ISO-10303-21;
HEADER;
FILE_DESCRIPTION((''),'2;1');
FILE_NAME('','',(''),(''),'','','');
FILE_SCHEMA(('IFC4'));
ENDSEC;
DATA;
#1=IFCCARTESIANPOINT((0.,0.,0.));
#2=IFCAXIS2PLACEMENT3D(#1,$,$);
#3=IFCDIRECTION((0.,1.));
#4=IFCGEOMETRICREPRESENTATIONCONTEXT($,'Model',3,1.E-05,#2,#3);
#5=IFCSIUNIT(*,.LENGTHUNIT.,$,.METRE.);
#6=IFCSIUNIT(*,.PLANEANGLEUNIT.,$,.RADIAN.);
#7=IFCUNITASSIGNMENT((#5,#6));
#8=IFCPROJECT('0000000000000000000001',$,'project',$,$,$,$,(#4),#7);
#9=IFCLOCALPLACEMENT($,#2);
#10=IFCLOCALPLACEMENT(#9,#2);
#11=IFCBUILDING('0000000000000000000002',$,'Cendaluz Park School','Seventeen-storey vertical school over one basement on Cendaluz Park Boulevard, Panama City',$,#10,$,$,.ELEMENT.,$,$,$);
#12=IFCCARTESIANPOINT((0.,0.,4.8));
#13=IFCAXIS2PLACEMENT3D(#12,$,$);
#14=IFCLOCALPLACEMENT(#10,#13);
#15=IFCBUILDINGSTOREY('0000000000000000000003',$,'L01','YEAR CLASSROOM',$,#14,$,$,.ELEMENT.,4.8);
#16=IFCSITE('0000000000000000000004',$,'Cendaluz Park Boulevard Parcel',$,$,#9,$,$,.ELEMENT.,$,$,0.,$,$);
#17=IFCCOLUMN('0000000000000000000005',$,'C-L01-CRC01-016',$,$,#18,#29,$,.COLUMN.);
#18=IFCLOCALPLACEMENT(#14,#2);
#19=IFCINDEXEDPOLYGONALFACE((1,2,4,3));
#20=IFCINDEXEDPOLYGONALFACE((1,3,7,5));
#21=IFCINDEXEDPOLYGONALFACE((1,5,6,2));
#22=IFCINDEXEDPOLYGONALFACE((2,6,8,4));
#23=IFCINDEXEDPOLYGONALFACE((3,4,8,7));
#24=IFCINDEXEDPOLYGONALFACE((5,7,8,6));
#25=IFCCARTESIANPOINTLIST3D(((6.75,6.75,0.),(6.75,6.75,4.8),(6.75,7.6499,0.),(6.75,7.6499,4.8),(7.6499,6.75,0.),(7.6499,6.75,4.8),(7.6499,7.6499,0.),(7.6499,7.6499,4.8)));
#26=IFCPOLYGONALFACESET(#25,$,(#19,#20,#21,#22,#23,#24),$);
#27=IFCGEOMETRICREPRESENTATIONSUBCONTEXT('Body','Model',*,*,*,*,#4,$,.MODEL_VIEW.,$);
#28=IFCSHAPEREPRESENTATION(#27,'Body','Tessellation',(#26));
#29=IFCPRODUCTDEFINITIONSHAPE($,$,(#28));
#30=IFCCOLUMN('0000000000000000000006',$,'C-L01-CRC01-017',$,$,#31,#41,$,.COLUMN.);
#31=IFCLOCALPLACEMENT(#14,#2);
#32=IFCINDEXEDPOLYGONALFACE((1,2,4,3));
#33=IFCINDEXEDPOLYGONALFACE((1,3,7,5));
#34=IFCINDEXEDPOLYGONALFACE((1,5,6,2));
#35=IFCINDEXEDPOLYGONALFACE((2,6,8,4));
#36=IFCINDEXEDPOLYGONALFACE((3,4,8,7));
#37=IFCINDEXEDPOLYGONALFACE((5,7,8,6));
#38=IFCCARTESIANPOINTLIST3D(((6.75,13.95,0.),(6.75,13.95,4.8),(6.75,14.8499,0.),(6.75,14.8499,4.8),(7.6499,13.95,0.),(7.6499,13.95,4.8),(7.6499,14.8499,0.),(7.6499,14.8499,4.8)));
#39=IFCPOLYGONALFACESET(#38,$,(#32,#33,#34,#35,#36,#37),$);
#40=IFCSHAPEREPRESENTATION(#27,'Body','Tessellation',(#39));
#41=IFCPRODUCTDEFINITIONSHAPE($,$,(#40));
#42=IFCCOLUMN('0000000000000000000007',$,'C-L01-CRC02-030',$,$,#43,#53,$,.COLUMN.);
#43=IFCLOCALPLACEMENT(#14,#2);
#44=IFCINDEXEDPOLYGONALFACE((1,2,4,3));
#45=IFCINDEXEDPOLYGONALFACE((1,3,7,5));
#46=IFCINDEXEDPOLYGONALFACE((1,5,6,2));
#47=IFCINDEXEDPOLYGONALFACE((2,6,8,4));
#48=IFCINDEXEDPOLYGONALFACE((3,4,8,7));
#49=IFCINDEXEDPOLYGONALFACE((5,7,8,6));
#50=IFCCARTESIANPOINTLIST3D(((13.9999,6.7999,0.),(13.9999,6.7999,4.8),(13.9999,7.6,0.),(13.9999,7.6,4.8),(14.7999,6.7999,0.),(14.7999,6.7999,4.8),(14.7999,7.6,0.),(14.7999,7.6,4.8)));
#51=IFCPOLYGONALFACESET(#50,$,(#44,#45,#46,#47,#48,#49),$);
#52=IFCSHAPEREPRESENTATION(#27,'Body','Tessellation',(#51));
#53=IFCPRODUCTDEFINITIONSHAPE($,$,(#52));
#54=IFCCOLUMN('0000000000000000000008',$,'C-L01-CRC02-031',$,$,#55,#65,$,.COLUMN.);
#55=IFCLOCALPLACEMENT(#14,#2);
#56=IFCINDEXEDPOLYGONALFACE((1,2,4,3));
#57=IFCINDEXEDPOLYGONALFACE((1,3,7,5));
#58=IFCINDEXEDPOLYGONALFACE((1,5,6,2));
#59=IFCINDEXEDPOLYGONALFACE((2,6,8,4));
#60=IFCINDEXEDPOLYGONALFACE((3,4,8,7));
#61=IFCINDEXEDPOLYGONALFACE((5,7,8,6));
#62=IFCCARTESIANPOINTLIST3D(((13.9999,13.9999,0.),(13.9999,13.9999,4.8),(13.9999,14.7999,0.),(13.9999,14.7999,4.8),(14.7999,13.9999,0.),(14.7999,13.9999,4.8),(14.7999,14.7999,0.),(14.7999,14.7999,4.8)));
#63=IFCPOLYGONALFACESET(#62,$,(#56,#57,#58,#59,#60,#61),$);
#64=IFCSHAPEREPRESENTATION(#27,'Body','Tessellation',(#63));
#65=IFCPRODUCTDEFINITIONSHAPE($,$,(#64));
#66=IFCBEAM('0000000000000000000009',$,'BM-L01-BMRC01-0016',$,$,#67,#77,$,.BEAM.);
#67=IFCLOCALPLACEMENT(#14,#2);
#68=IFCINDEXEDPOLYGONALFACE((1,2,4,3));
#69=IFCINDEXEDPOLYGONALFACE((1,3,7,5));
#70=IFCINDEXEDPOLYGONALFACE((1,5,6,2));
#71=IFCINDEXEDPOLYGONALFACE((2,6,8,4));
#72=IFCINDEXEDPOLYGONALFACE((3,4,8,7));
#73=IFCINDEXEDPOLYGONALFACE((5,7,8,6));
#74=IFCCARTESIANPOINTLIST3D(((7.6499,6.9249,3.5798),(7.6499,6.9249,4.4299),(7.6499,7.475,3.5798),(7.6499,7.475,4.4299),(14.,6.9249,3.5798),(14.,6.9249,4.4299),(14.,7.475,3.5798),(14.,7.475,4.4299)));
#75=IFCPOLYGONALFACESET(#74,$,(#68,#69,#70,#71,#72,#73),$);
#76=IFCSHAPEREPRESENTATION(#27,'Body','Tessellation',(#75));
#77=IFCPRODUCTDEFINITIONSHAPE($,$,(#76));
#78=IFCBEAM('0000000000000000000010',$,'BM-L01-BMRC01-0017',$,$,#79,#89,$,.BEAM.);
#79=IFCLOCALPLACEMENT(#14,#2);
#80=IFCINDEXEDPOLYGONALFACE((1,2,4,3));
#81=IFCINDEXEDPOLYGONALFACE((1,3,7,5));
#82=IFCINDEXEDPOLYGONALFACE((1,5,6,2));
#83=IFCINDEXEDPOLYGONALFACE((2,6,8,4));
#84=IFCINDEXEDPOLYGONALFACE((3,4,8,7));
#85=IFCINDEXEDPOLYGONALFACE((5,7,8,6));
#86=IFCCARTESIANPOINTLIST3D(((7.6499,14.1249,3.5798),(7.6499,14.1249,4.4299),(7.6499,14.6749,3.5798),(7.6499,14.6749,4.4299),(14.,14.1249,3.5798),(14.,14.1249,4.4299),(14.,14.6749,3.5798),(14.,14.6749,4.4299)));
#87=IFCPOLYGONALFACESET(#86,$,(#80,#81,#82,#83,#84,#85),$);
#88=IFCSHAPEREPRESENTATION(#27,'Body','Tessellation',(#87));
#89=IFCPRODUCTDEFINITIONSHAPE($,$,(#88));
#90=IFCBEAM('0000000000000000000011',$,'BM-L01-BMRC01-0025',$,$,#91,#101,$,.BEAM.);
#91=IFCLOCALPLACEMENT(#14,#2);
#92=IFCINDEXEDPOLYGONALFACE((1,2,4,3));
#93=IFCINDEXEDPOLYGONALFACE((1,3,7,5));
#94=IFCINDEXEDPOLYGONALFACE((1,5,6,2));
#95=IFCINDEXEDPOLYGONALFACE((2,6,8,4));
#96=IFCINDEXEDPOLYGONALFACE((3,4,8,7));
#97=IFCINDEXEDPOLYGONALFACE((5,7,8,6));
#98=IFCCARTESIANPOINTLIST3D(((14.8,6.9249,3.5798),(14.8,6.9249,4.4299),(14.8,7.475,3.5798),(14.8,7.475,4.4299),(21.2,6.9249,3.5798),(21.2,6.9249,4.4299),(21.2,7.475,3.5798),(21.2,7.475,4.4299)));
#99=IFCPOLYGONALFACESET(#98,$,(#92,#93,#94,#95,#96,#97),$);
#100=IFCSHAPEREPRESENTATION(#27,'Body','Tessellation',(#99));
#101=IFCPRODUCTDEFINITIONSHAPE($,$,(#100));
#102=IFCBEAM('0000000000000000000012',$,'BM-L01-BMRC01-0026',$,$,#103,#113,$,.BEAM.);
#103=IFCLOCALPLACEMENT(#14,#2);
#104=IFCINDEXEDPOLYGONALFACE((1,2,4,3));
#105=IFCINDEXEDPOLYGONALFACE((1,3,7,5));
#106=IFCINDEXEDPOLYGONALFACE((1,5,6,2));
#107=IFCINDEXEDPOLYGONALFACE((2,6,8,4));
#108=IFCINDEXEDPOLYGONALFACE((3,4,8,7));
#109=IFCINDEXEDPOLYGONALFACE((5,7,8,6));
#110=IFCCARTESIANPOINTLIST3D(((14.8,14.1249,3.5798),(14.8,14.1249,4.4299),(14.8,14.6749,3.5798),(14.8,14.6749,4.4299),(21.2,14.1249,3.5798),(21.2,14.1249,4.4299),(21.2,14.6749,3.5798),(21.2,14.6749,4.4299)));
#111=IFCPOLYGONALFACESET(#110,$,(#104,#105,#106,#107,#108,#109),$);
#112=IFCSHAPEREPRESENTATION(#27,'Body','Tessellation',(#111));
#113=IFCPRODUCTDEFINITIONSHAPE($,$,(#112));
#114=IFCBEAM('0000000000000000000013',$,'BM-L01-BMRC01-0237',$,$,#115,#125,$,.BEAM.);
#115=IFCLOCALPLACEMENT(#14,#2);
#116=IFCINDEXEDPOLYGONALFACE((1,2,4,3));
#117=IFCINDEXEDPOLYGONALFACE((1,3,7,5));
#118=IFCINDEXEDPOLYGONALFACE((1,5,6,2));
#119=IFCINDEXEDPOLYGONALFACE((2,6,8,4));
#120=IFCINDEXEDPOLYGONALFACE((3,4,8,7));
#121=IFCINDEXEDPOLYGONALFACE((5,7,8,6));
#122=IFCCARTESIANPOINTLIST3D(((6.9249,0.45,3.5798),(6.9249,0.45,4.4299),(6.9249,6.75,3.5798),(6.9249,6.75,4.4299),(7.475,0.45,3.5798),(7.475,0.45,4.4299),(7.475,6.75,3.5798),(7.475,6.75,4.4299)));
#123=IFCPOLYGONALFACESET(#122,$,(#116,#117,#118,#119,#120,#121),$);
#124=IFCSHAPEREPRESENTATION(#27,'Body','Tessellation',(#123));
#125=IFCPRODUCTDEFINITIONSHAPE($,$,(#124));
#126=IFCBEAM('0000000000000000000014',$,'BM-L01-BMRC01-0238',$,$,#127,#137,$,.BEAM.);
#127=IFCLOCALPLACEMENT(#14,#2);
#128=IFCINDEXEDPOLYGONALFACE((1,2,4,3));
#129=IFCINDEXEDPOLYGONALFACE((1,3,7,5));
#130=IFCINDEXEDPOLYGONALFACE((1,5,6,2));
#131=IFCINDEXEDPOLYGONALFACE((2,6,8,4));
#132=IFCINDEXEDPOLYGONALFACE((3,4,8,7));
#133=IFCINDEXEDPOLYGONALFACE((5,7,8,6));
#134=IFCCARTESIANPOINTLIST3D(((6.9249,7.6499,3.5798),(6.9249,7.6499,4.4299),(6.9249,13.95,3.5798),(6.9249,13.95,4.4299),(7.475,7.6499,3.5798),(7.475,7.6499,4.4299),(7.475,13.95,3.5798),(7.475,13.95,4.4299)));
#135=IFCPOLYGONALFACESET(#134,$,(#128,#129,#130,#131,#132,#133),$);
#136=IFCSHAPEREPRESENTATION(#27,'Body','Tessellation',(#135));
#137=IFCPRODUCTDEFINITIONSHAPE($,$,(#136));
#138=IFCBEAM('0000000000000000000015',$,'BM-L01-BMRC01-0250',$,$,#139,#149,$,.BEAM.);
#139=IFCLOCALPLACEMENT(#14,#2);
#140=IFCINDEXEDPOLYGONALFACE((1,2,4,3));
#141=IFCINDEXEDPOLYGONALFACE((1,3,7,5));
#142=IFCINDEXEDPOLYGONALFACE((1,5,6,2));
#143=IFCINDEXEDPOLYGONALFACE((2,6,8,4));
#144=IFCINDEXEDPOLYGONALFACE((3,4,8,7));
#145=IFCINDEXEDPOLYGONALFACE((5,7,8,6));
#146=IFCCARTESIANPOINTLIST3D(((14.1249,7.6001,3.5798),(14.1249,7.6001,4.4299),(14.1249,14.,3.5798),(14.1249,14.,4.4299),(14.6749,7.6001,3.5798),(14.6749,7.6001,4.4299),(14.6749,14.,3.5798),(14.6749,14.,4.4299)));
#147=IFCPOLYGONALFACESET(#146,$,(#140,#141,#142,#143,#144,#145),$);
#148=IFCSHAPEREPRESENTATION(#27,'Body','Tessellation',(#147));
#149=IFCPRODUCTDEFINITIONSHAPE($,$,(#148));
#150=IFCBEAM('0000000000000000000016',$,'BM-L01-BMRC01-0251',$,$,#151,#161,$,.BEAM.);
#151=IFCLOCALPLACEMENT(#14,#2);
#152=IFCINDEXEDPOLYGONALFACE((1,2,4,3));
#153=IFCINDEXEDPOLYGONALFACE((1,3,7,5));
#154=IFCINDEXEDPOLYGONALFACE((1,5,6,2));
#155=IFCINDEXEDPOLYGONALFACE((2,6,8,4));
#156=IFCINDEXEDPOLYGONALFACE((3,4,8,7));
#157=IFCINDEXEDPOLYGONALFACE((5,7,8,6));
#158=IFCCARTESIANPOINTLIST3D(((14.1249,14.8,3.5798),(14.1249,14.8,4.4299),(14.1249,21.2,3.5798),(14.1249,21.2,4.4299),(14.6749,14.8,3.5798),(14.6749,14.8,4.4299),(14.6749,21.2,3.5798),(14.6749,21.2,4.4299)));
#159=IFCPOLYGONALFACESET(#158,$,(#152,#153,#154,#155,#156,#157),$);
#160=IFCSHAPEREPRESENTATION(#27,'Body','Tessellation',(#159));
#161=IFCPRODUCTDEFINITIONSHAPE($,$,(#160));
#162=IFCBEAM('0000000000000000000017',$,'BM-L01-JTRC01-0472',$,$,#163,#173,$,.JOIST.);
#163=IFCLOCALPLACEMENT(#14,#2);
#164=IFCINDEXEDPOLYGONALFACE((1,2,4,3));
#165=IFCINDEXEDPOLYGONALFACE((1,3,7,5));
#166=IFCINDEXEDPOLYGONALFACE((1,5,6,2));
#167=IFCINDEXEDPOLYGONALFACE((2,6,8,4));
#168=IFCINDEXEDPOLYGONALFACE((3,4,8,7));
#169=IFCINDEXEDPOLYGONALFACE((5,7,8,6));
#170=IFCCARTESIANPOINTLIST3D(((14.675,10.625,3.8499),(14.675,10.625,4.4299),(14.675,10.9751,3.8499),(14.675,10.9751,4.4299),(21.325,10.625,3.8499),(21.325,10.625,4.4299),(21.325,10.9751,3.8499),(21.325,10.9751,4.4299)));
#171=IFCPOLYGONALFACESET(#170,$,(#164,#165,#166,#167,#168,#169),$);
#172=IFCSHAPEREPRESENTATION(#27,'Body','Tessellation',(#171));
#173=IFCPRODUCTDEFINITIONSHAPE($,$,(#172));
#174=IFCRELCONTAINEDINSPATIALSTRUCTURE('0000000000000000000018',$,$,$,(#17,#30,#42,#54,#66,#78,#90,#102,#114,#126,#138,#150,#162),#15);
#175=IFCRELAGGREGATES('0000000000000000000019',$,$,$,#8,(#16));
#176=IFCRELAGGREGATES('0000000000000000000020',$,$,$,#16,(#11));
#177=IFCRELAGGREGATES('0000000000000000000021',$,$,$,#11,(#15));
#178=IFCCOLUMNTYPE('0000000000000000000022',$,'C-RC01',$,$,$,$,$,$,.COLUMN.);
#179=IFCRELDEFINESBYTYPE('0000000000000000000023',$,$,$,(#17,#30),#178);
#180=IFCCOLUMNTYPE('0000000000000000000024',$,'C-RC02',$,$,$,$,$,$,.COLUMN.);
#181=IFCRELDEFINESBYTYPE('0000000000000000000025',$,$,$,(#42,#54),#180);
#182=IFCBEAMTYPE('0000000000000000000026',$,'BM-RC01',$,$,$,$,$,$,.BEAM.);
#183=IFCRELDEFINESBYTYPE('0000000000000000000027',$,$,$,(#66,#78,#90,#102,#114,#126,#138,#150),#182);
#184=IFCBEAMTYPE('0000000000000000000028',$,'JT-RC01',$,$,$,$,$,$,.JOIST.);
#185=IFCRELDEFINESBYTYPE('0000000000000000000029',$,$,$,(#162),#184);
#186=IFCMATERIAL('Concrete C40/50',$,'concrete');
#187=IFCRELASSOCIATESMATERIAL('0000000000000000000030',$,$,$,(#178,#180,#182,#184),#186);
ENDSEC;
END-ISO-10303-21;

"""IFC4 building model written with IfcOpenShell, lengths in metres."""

from ifc_helpers import new_model, si_unit, direction, frame, origin, origin_2d, place, context, subcontext, project, spatial, rectangle, extrude, material, material_profile, profile_set, type_object, element, save


model = new_model("IFC4")

# Units and contexts
model_context = context("Model", 3, precision=1e-05, world=origin(), true_north=direction((0.0, 1.0)))
body_context = subcontext(model_context, "Body", "Model", "MODEL_VIEW")
ifc_project = project(units=[si_unit("LENGTHUNIT", "METRE"), si_unit("PLANEANGLEUNIT", "RADIAN")], contexts=[model_context])

# Site, building, storey
site_placement = place(None, origin())
site = spatial("IfcSite", under=ifc_project, at=site_placement, Name="Cendaluz Park Boulevard Parcel", CompositionType="ELEMENT", RefElevation=0.0)
building_placement = place(site_placement, origin())
building = spatial("IfcBuilding", under=site, at=building_placement, Name="Cendaluz Park School", Description="Seventeen-storey vertical school over one basement on Cendaluz Park Boulevard, Panama City", CompositionType="ELEMENT")
storey_placement = place(building_placement, frame((0.0, 0.0, 4.8)))
storey = spatial("IfcBuildingStorey", under=building, at=storey_placement, Name="L01", Description="YEAR CLASSROOM", CompositionType="ELEMENT", Elevation=4.8)

# Columns
ifc_material_1 = material(Name="Concrete C40/50", Category="concrete")
ifc_material_profile_1 = material_profile(ifc_material_1, rectangle(XDim=0.8999, YDim=0.8999, at=origin_2d()), Name="RC 900x900", Category="concrete")
ifc_profile_set_1 = profile_set([ifc_material_profile_1], Name="Concrete C40/50")
column_type_1 = type_object("IfcColumnType", Name="C-RC01", PredefinedType="COLUMN", material=ifc_profile_set_1)
for number, where, z_axis, x_axis, name in (
    (1, (7.2, 7.2, 0.0), (0.0, 0.0, 1.0), (1.0, 0.0, 0.0), "C-L01-CRC01-016"),
    (2, (7.2, 14.3999, 0.0), (0.0, 0.0, 1.0), (1.0, 0.0, 0.0), "C-L01-CRC01-017"),
):
    element("IfcColumn", number, at=place(storey_placement, frame(where, z_axis=z_axis, x_axis=x_axis)), inside=storey, type_object=column_type_1, Name=name, PredefinedType="COLUMN", context=body_context, shape_type="SweptSolid", body=[
        extrude(rectangle(XDim=0.8999, YDim=0.8999, at=origin_2d()), origin(), (0.0, 0.0, 1.0), 4.8),
    ])
ifc_material_profile_2 = material_profile(ifc_material_1, rectangle(XDim=0.8, YDim=0.8, at=origin_2d()), Name="RC 800x800", Category="concrete")
ifc_profile_set_2 = profile_set([ifc_material_profile_2], Name="Concrete C40/50")
column_type_2 = type_object("IfcColumnType", Name="C-RC02", PredefinedType="COLUMN", material=ifc_profile_set_2)
for number, where, z_axis, x_axis, name in (
    (3, (14.3999, 7.2, 0.0), (0.0, 0.0, 1.0), (1.0, 0.0, 0.0), "C-L01-CRC02-030"),
    (4, (14.3999, 14.3999, 0.0), (0.0, 0.0, 1.0), (1.0, 0.0, 0.0), "C-L01-CRC02-031"),
):
    element("IfcColumn", number, at=place(storey_placement, frame(where, z_axis=z_axis, x_axis=x_axis)), inside=storey, type_object=column_type_2, Name=name, PredefinedType="COLUMN", context=body_context, shape_type="SweptSolid", body=[
        extrude(rectangle(XDim=0.8, YDim=0.8, at=origin_2d()), origin(), (0.0, 0.0, 1.0), 4.8),
    ])

# Beams
ifc_material_profile_3 = material_profile(ifc_material_1, rectangle(XDim=0.55, YDim=0.8501, at=origin_2d()), Name="RC 550x850", Category="concrete")
ifc_profile_set_3 = profile_set([ifc_material_profile_3], Name="Concrete C40/50")
beam_type_1 = type_object("IfcBeamType", Name="BM-RC01", PredefinedType="BEAM", material=ifc_profile_set_3)
for number, where, z_axis, x_axis, name in (
    (5, (7.6499, 7.2, 4.0049), (1.0, 0.0, 0.0), (0.0, 1.0, 0.0), "BM-L01-BMRC01-0016"),
    (6, (7.6499, 14.3999, 4.0049), (1.0, 0.0, 0.0), (0.0, 1.0, 0.0), "BM-L01-BMRC01-0017"),
):
    element("IfcBeam", number, at=place(storey_placement, frame(where, z_axis=z_axis, x_axis=x_axis)), inside=storey, type_object=beam_type_1, Name=name, PredefinedType="BEAM", context=body_context, shape_type="SweptSolid", body=[
        extrude(rectangle(XDim=0.55, YDim=0.8501, at=origin_2d()), origin(), (0.0, 0.0, 1.0), 6.3501),
    ])
for number, where, z_axis, x_axis, name in (
    (7, (14.8, 7.2, 4.0049), (1.0, 0.0, 0.0), (0.0, 1.0, 0.0), "BM-L01-BMRC01-0025"),
    (8, (14.8, 14.3999, 4.0049), (1.0, 0.0, 0.0), (0.0, 1.0, 0.0), "BM-L01-BMRC01-0026"),
):
    element("IfcBeam", number, at=place(storey_placement, frame(where, z_axis=z_axis, x_axis=x_axis)), inside=storey, type_object=beam_type_1, Name=name, PredefinedType="BEAM", context=body_context, shape_type="SweptSolid", body=[
        extrude(rectangle(XDim=0.55, YDim=0.8501, at=origin_2d()), origin(), (0.0, 0.0, 1.0), 6.3999),
    ])
for number, where, z_axis, x_axis, name in (
    (9, (7.2, 0.45, 4.0049), (0.0, 1.0, 0.0), (-1.0, 0.0, 0.0), "BM-L01-BMRC01-0237"),
    (10, (7.2, 7.6499, 4.0049), (0.0, 1.0, 0.0), (-1.0, 0.0, 0.0), "BM-L01-BMRC01-0238"),
):
    element("IfcBeam", number, at=place(storey_placement, frame(where, z_axis=z_axis, x_axis=x_axis)), inside=storey, type_object=beam_type_1, Name=name, PredefinedType="BEAM", context=body_context, shape_type="SweptSolid", body=[
        extrude(rectangle(XDim=0.55, YDim=0.8501, at=origin_2d()), origin(), (0.0, 0.0, 1.0), 6.3),
    ])
for number, where, z_axis, x_axis, name in (
    (11, (14.3999, 7.6001, 4.0049), (0.0, 1.0, 0.0), (-1.0, 0.0, 0.0), "BM-L01-BMRC01-0250"),
    (12, (14.3999, 14.8, 4.0049), (0.0, 1.0, 0.0), (-1.0, 0.0, 0.0), "BM-L01-BMRC01-0251"),
):
    element("IfcBeam", number, at=place(storey_placement, frame(where, z_axis=z_axis, x_axis=x_axis)), inside=storey, type_object=beam_type_1, Name=name, PredefinedType="BEAM", context=body_context, shape_type="SweptSolid", body=[
        extrude(rectangle(XDim=0.55, YDim=0.8501, at=origin_2d()), origin(), (0.0, 0.0, 1.0), 6.3999),
    ])
ifc_material_profile_4 = material_profile(ifc_material_1, rectangle(XDim=0.3501, YDim=0.5801, at=origin_2d()), Name="RC 350x580", Category="concrete")
ifc_profile_set_4 = profile_set([ifc_material_profile_4], Name="Concrete C40/50")
beam_type_2 = type_object("IfcBeamType", Name="JT-RC01", PredefinedType="JOIST", material=ifc_profile_set_4)
beam_placement = place(storey_placement, frame((14.675, 10.8, 4.1399), z_axis=(1.0, 0.0, 0.0), x_axis=(0.0, 1.0, 0.0)))
element("IfcBeam", 13, at=beam_placement, inside=storey, type_object=beam_type_2, Name="BM-L01-JTRC01-0472", PredefinedType="JOIST", context=body_context, shape_type="SweptSolid", body=[
    extrude(rectangle(XDim=0.3501, YDim=0.5801, at=origin_2d()), origin(), (0.0, 0.0, 1.0), 6.6499),
])

save(model, "model.ifc")
